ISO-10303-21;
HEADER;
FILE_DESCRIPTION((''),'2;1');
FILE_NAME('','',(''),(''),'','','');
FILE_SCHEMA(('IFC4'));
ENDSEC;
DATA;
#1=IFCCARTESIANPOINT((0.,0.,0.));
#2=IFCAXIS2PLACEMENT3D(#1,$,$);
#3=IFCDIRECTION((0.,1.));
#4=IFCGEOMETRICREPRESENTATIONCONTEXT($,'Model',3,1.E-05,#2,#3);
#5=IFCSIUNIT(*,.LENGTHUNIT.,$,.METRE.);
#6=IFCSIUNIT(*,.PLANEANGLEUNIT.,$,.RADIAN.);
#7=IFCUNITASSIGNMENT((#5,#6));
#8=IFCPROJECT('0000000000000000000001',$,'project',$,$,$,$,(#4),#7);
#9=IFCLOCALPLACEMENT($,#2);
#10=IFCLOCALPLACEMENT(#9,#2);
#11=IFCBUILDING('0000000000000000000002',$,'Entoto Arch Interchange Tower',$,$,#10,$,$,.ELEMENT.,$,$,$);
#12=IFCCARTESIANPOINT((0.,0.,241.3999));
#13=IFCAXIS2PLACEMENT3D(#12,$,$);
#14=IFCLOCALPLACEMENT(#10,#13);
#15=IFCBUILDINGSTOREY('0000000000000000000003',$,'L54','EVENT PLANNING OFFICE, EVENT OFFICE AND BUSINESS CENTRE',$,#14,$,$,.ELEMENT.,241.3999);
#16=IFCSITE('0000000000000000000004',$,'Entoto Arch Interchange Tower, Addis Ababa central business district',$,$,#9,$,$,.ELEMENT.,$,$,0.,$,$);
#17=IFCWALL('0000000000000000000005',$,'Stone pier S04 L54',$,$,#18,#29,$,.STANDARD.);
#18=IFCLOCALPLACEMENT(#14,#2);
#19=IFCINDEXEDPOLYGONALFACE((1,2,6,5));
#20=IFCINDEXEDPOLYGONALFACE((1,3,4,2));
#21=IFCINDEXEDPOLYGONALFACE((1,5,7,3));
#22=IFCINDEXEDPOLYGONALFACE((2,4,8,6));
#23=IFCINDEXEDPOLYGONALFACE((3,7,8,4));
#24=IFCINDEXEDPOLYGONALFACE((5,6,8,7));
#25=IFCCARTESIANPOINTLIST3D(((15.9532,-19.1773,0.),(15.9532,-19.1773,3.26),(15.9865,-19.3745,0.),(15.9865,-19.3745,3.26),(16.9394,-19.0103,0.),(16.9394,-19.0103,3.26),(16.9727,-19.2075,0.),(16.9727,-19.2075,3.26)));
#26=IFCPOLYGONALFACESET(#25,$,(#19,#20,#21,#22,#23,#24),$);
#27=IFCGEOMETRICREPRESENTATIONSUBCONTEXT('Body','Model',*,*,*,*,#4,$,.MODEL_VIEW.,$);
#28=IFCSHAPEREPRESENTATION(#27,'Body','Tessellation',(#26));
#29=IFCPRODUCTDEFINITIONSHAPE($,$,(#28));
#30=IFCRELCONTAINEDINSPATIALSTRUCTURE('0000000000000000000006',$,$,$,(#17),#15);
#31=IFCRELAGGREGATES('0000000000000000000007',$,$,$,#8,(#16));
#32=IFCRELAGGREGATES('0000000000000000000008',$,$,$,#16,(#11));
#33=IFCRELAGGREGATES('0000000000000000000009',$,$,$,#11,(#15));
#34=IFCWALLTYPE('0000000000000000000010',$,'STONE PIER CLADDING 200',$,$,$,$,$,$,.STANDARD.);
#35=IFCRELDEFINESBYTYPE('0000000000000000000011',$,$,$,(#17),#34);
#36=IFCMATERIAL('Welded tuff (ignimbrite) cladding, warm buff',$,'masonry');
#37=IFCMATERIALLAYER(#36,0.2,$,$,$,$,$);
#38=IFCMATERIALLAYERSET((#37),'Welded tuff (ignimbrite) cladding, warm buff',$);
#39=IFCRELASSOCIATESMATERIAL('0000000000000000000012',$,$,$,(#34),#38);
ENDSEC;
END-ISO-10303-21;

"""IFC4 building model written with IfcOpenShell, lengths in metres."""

from ifc_helpers import new_model, si_unit, direction, frame, frame_2d, origin, place, context, subcontext, project, spatial, rectangle, extrude, material, layer, layer_set, type_object, element, save


model = new_model("IFC4")

# Units and contexts
model_context = context("Model", 3, precision=1e-05, world=origin(), true_north=direction((0.0, 1.0)))
body_context = subcontext(model_context, "Body", "Model", "MODEL_VIEW")
ifc_project = project(units=[si_unit("LENGTHUNIT", "METRE"), si_unit("PLANEANGLEUNIT", "RADIAN")], contexts=[model_context])

# Site, building, storey
site_placement = place(None, origin())
site = spatial("IfcSite", under=ifc_project, at=site_placement, Name="Entoto Arch Interchange Tower, Addis Ababa central business district", CompositionType="ELEMENT", RefElevation=0.0)
building_placement = place(site_placement, origin())
building = spatial("IfcBuilding", under=site, at=building_placement, Name="Entoto Arch Interchange Tower", CompositionType="ELEMENT")
storey_placement = place(building_placement, frame((0.0, 0.0, 241.3999)))
storey = spatial("IfcBuildingStorey", under=building, at=storey_placement, Name="L54", Description="EVENT PLANNING OFFICE, EVENT OFFICE AND BUSINESS CENTRE", CompositionType="ELEMENT", Elevation=241.3999)

# Wall
ifc_material_1 = material(Name="Welded tuff (ignimbrite) cladding, warm buff", Category="masonry")
ifc_layer_1 = layer(ifc_material_1, 0.2)
ifc_layer_set_1 = layer_set([ifc_layer_1], Name="Welded tuff (ignimbrite) cladding, warm buff")
wall_type_1 = type_object("IfcWallType", Name="STONE PIER CLADDING 200", PredefinedType="STANDARD", material=ifc_layer_set_1)
wall_1_placement = place(storey_placement, frame((15.97, -19.2759, 0.0), z_axis=(0.0, 0.0, 1.0), x_axis=(0.985962, 0.166971, 0.0)))
element("IfcWall", 1, at=wall_1_placement, inside=storey, type_object=wall_type_1, Name="Stone pier S04 L54", PredefinedType="STANDARD", context=body_context, shape_type="SweptSolid", body=[
    extrude(rectangle(XDim=1.0002, YDim=0.2, at=frame_2d((0.5, 0.0))), origin(), (0.0, 0.0, 1.0), 3.26),
])

save(model, "model.ifc")
